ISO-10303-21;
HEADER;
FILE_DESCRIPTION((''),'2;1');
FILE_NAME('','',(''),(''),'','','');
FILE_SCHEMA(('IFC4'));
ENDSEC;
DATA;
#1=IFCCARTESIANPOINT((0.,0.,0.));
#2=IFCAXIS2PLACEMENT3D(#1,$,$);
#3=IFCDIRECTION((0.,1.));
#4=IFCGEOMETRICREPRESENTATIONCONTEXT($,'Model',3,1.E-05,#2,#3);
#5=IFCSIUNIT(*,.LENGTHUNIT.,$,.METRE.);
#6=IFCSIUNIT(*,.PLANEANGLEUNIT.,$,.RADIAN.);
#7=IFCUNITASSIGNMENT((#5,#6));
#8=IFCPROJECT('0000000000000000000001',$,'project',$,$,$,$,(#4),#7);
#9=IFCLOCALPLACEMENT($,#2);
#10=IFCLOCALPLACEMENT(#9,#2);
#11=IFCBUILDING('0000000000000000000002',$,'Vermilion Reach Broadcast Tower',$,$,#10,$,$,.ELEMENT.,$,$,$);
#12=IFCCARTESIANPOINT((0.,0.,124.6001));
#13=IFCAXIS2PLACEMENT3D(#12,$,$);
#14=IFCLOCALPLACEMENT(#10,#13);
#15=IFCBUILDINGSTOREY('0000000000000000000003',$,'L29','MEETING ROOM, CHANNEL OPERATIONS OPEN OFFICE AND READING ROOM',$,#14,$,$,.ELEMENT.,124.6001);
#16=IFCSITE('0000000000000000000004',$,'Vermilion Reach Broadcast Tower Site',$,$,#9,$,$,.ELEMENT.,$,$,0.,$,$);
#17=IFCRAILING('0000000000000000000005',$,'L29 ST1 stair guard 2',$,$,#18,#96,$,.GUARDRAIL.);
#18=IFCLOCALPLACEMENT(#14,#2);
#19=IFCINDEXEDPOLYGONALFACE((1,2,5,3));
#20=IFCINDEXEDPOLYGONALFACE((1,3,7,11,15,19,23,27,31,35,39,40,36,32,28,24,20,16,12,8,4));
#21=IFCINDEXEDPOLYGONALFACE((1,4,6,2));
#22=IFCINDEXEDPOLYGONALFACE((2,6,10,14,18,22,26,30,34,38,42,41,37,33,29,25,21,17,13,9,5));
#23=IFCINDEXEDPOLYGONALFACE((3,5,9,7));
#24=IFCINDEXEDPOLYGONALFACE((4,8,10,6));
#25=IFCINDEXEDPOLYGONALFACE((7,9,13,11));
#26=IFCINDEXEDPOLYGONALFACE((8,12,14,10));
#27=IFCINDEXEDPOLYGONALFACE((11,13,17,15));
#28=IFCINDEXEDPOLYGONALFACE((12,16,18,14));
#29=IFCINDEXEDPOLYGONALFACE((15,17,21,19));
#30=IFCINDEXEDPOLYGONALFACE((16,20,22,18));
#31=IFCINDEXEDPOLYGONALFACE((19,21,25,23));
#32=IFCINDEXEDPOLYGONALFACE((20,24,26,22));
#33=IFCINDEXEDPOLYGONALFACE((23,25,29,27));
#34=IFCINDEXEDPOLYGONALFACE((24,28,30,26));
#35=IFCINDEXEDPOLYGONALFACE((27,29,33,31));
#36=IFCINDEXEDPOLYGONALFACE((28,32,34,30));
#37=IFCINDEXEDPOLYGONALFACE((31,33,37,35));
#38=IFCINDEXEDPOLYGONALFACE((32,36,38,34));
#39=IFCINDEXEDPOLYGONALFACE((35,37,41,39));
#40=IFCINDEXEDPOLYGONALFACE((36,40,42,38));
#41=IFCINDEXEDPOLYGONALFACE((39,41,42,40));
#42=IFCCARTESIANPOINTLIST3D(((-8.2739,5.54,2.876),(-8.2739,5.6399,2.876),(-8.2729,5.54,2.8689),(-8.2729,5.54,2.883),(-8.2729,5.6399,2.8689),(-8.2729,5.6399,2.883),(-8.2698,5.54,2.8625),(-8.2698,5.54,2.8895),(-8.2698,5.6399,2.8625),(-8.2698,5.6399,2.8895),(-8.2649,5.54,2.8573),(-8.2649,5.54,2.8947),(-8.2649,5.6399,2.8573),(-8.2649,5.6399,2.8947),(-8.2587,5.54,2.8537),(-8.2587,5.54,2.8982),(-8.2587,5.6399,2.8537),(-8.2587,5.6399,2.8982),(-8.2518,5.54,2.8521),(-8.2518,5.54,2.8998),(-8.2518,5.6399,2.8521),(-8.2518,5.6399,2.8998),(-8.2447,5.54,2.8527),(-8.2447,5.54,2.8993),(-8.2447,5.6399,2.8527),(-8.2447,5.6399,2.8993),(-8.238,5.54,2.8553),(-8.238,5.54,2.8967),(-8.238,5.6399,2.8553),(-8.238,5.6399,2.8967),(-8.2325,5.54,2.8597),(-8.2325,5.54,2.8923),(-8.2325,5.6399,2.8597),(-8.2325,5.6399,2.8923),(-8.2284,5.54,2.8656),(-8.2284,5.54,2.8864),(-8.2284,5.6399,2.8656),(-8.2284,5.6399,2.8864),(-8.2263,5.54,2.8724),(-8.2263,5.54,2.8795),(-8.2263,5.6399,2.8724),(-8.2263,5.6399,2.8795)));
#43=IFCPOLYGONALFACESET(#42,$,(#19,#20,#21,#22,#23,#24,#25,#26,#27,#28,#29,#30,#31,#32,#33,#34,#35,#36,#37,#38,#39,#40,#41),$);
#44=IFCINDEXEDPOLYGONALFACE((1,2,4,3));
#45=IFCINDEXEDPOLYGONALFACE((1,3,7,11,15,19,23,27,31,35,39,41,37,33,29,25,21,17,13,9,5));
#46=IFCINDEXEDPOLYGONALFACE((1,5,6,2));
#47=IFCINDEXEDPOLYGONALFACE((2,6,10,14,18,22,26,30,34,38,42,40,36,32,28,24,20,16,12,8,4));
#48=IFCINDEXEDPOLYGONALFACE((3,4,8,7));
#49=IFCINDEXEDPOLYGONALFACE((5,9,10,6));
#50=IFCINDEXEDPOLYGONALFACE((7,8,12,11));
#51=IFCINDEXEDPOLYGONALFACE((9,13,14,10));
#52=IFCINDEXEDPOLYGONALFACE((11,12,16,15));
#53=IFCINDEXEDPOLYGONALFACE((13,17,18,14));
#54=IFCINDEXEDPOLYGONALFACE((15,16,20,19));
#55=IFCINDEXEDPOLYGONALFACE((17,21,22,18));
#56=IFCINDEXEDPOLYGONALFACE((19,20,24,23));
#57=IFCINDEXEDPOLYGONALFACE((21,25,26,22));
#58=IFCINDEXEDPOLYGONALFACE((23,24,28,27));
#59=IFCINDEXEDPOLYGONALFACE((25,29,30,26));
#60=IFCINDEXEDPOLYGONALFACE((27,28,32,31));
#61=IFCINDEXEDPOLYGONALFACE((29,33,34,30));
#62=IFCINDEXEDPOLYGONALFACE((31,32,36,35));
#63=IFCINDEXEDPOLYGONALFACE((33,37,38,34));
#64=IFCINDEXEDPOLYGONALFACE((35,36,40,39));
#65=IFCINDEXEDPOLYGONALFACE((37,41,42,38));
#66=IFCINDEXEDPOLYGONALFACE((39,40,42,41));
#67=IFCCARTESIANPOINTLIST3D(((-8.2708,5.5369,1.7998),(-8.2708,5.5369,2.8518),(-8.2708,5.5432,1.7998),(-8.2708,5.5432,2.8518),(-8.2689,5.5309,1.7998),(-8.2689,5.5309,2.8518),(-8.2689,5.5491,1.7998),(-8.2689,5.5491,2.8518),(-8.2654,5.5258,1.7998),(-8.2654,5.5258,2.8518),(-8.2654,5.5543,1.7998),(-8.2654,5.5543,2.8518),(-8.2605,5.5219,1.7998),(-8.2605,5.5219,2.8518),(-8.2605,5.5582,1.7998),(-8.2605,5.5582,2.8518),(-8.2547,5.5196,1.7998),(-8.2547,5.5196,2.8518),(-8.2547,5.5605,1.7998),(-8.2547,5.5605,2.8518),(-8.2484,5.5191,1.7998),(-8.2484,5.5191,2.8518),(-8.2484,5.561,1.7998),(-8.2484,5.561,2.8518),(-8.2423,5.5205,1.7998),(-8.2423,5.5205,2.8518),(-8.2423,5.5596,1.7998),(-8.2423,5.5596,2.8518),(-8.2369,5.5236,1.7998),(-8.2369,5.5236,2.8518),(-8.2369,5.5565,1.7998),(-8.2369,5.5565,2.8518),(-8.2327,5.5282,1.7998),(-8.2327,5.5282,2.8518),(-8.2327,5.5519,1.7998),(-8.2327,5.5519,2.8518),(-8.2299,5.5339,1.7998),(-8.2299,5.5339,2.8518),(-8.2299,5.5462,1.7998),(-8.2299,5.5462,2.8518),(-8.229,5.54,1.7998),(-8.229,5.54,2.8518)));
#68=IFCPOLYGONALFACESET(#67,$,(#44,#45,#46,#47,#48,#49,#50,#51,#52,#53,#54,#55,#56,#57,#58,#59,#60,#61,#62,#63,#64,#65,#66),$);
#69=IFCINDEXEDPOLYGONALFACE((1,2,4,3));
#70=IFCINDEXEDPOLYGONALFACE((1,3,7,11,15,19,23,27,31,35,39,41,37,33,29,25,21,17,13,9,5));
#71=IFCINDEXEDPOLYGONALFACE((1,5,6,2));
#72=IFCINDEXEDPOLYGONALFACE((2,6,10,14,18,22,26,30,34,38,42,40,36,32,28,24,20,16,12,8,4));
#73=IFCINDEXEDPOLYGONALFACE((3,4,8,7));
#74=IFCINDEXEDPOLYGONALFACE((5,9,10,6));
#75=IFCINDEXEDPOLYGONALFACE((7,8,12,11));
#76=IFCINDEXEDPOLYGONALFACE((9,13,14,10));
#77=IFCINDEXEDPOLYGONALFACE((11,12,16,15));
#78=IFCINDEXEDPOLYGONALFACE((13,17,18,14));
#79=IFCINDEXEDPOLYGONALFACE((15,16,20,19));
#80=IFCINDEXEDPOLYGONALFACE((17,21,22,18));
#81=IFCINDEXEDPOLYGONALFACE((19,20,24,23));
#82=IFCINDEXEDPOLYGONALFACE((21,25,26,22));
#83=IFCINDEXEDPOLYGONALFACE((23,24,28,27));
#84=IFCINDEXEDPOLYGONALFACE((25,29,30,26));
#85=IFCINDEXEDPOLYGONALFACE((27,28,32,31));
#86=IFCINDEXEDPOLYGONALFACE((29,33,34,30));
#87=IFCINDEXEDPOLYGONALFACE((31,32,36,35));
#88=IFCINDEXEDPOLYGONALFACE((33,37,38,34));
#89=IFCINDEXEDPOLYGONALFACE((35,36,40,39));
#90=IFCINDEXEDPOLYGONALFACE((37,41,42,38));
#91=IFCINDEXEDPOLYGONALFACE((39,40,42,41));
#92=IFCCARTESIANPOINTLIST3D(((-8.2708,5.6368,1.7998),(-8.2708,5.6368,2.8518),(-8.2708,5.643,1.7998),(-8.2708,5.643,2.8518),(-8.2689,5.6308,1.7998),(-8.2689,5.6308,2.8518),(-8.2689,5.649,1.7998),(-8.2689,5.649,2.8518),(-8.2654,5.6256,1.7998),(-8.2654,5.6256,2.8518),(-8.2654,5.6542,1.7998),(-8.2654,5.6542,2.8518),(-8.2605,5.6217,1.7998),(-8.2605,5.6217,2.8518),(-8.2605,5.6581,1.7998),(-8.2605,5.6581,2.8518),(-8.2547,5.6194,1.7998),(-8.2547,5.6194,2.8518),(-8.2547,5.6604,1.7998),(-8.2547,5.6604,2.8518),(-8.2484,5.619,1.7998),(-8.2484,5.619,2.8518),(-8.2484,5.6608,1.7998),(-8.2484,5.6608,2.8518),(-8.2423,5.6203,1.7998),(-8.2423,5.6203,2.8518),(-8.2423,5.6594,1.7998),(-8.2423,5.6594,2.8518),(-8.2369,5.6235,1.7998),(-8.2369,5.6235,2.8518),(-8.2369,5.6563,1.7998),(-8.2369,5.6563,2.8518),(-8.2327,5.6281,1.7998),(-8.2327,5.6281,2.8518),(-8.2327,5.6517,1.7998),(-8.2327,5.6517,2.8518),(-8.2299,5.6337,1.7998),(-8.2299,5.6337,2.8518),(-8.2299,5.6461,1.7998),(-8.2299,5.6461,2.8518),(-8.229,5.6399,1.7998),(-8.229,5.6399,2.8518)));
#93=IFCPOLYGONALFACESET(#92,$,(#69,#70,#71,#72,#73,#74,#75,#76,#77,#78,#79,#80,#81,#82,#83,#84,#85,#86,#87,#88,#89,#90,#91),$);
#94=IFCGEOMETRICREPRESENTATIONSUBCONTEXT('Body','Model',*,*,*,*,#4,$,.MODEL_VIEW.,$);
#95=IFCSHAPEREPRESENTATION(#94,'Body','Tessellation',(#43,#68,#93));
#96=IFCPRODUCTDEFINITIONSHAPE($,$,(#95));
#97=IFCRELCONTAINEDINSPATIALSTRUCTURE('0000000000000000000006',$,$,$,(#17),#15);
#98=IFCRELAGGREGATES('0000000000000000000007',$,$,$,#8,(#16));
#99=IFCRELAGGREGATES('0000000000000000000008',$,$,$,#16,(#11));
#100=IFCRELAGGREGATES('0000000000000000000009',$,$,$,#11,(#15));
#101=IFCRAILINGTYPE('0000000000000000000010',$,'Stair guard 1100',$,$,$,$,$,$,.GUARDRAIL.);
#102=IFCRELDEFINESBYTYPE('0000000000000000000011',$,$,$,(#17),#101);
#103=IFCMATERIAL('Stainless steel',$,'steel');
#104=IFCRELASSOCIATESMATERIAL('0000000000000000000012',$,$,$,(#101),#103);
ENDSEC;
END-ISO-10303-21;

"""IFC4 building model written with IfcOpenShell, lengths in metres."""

from ifc_helpers import new_model, si_unit, direction, frame, origin, origin_2d, place, context, subcontext, project, spatial, circle, extrude, material, type_object, element, save


model = new_model("IFC4")

# Units and contexts
model_context = context("Model", 3, precision=1e-05, world=origin(), true_north=direction((0.0, 1.0)))
body_context = subcontext(model_context, "Body", "Model", "MODEL_VIEW")
ifc_project = project(units=[si_unit("LENGTHUNIT", "METRE"), si_unit("PLANEANGLEUNIT", "RADIAN")], contexts=[model_context])

# Site, building, storey
site_placement = place(None, origin())
site = spatial("IfcSite", under=ifc_project, at=site_placement, Name="Vermilion Reach Broadcast Tower Site", CompositionType="ELEMENT", RefElevation=0.0)
building_placement = place(site_placement, origin())
building = spatial("IfcBuilding", under=site, at=building_placement, Name="Vermilion Reach Broadcast Tower", CompositionType="ELEMENT")
storey_placement = place(building_placement, frame((0.0, 0.0, 124.6001)))
storey = spatial("IfcBuildingStorey", under=building, at=storey_placement, Name="L29", Description="MEETING ROOM, CHANNEL OPERATIONS OPEN OFFICE AND READING ROOM", CompositionType="ELEMENT", Elevation=124.6001)

# Railing
ifc_material_1 = material(Name="Stainless steel", Category="steel")
railing_type_1 = type_object("IfcRailingType", Name="Stair guard 1100", PredefinedType="GUARDRAIL", material=ifc_material_1)
railing_1_placement = place(storey_placement, frame((-8.25, 5.54, 1.7998)))
element("IfcRailing", 1, at=railing_1_placement, inside=storey, type_object=railing_type_1, Name="L29 ST1 stair guard 2", PredefinedType="GUARDRAIL", context=body_context, shape_type="SweptSolid", body=[
    extrude(circle(Radius=0.0239, at=origin_2d()), frame((0.0, 0.0, 1.0762), z_axis=(0.0, 1.0, 0.0), x_axis=(-1.0, 0.0, 0.0)), (0.0, 0.0, 1.0), 0.0999),
    extrude(circle(Radius=0.021, at=origin_2d()), origin(), (0.0, 0.0, 1.0), 1.052),
    extrude(circle(Radius=0.021, at=origin_2d()), frame((0.0, 0.0999, 0.0)), (0.0, 0.0, 1.0), 1.052),
])

save(model, "model.ifc")
